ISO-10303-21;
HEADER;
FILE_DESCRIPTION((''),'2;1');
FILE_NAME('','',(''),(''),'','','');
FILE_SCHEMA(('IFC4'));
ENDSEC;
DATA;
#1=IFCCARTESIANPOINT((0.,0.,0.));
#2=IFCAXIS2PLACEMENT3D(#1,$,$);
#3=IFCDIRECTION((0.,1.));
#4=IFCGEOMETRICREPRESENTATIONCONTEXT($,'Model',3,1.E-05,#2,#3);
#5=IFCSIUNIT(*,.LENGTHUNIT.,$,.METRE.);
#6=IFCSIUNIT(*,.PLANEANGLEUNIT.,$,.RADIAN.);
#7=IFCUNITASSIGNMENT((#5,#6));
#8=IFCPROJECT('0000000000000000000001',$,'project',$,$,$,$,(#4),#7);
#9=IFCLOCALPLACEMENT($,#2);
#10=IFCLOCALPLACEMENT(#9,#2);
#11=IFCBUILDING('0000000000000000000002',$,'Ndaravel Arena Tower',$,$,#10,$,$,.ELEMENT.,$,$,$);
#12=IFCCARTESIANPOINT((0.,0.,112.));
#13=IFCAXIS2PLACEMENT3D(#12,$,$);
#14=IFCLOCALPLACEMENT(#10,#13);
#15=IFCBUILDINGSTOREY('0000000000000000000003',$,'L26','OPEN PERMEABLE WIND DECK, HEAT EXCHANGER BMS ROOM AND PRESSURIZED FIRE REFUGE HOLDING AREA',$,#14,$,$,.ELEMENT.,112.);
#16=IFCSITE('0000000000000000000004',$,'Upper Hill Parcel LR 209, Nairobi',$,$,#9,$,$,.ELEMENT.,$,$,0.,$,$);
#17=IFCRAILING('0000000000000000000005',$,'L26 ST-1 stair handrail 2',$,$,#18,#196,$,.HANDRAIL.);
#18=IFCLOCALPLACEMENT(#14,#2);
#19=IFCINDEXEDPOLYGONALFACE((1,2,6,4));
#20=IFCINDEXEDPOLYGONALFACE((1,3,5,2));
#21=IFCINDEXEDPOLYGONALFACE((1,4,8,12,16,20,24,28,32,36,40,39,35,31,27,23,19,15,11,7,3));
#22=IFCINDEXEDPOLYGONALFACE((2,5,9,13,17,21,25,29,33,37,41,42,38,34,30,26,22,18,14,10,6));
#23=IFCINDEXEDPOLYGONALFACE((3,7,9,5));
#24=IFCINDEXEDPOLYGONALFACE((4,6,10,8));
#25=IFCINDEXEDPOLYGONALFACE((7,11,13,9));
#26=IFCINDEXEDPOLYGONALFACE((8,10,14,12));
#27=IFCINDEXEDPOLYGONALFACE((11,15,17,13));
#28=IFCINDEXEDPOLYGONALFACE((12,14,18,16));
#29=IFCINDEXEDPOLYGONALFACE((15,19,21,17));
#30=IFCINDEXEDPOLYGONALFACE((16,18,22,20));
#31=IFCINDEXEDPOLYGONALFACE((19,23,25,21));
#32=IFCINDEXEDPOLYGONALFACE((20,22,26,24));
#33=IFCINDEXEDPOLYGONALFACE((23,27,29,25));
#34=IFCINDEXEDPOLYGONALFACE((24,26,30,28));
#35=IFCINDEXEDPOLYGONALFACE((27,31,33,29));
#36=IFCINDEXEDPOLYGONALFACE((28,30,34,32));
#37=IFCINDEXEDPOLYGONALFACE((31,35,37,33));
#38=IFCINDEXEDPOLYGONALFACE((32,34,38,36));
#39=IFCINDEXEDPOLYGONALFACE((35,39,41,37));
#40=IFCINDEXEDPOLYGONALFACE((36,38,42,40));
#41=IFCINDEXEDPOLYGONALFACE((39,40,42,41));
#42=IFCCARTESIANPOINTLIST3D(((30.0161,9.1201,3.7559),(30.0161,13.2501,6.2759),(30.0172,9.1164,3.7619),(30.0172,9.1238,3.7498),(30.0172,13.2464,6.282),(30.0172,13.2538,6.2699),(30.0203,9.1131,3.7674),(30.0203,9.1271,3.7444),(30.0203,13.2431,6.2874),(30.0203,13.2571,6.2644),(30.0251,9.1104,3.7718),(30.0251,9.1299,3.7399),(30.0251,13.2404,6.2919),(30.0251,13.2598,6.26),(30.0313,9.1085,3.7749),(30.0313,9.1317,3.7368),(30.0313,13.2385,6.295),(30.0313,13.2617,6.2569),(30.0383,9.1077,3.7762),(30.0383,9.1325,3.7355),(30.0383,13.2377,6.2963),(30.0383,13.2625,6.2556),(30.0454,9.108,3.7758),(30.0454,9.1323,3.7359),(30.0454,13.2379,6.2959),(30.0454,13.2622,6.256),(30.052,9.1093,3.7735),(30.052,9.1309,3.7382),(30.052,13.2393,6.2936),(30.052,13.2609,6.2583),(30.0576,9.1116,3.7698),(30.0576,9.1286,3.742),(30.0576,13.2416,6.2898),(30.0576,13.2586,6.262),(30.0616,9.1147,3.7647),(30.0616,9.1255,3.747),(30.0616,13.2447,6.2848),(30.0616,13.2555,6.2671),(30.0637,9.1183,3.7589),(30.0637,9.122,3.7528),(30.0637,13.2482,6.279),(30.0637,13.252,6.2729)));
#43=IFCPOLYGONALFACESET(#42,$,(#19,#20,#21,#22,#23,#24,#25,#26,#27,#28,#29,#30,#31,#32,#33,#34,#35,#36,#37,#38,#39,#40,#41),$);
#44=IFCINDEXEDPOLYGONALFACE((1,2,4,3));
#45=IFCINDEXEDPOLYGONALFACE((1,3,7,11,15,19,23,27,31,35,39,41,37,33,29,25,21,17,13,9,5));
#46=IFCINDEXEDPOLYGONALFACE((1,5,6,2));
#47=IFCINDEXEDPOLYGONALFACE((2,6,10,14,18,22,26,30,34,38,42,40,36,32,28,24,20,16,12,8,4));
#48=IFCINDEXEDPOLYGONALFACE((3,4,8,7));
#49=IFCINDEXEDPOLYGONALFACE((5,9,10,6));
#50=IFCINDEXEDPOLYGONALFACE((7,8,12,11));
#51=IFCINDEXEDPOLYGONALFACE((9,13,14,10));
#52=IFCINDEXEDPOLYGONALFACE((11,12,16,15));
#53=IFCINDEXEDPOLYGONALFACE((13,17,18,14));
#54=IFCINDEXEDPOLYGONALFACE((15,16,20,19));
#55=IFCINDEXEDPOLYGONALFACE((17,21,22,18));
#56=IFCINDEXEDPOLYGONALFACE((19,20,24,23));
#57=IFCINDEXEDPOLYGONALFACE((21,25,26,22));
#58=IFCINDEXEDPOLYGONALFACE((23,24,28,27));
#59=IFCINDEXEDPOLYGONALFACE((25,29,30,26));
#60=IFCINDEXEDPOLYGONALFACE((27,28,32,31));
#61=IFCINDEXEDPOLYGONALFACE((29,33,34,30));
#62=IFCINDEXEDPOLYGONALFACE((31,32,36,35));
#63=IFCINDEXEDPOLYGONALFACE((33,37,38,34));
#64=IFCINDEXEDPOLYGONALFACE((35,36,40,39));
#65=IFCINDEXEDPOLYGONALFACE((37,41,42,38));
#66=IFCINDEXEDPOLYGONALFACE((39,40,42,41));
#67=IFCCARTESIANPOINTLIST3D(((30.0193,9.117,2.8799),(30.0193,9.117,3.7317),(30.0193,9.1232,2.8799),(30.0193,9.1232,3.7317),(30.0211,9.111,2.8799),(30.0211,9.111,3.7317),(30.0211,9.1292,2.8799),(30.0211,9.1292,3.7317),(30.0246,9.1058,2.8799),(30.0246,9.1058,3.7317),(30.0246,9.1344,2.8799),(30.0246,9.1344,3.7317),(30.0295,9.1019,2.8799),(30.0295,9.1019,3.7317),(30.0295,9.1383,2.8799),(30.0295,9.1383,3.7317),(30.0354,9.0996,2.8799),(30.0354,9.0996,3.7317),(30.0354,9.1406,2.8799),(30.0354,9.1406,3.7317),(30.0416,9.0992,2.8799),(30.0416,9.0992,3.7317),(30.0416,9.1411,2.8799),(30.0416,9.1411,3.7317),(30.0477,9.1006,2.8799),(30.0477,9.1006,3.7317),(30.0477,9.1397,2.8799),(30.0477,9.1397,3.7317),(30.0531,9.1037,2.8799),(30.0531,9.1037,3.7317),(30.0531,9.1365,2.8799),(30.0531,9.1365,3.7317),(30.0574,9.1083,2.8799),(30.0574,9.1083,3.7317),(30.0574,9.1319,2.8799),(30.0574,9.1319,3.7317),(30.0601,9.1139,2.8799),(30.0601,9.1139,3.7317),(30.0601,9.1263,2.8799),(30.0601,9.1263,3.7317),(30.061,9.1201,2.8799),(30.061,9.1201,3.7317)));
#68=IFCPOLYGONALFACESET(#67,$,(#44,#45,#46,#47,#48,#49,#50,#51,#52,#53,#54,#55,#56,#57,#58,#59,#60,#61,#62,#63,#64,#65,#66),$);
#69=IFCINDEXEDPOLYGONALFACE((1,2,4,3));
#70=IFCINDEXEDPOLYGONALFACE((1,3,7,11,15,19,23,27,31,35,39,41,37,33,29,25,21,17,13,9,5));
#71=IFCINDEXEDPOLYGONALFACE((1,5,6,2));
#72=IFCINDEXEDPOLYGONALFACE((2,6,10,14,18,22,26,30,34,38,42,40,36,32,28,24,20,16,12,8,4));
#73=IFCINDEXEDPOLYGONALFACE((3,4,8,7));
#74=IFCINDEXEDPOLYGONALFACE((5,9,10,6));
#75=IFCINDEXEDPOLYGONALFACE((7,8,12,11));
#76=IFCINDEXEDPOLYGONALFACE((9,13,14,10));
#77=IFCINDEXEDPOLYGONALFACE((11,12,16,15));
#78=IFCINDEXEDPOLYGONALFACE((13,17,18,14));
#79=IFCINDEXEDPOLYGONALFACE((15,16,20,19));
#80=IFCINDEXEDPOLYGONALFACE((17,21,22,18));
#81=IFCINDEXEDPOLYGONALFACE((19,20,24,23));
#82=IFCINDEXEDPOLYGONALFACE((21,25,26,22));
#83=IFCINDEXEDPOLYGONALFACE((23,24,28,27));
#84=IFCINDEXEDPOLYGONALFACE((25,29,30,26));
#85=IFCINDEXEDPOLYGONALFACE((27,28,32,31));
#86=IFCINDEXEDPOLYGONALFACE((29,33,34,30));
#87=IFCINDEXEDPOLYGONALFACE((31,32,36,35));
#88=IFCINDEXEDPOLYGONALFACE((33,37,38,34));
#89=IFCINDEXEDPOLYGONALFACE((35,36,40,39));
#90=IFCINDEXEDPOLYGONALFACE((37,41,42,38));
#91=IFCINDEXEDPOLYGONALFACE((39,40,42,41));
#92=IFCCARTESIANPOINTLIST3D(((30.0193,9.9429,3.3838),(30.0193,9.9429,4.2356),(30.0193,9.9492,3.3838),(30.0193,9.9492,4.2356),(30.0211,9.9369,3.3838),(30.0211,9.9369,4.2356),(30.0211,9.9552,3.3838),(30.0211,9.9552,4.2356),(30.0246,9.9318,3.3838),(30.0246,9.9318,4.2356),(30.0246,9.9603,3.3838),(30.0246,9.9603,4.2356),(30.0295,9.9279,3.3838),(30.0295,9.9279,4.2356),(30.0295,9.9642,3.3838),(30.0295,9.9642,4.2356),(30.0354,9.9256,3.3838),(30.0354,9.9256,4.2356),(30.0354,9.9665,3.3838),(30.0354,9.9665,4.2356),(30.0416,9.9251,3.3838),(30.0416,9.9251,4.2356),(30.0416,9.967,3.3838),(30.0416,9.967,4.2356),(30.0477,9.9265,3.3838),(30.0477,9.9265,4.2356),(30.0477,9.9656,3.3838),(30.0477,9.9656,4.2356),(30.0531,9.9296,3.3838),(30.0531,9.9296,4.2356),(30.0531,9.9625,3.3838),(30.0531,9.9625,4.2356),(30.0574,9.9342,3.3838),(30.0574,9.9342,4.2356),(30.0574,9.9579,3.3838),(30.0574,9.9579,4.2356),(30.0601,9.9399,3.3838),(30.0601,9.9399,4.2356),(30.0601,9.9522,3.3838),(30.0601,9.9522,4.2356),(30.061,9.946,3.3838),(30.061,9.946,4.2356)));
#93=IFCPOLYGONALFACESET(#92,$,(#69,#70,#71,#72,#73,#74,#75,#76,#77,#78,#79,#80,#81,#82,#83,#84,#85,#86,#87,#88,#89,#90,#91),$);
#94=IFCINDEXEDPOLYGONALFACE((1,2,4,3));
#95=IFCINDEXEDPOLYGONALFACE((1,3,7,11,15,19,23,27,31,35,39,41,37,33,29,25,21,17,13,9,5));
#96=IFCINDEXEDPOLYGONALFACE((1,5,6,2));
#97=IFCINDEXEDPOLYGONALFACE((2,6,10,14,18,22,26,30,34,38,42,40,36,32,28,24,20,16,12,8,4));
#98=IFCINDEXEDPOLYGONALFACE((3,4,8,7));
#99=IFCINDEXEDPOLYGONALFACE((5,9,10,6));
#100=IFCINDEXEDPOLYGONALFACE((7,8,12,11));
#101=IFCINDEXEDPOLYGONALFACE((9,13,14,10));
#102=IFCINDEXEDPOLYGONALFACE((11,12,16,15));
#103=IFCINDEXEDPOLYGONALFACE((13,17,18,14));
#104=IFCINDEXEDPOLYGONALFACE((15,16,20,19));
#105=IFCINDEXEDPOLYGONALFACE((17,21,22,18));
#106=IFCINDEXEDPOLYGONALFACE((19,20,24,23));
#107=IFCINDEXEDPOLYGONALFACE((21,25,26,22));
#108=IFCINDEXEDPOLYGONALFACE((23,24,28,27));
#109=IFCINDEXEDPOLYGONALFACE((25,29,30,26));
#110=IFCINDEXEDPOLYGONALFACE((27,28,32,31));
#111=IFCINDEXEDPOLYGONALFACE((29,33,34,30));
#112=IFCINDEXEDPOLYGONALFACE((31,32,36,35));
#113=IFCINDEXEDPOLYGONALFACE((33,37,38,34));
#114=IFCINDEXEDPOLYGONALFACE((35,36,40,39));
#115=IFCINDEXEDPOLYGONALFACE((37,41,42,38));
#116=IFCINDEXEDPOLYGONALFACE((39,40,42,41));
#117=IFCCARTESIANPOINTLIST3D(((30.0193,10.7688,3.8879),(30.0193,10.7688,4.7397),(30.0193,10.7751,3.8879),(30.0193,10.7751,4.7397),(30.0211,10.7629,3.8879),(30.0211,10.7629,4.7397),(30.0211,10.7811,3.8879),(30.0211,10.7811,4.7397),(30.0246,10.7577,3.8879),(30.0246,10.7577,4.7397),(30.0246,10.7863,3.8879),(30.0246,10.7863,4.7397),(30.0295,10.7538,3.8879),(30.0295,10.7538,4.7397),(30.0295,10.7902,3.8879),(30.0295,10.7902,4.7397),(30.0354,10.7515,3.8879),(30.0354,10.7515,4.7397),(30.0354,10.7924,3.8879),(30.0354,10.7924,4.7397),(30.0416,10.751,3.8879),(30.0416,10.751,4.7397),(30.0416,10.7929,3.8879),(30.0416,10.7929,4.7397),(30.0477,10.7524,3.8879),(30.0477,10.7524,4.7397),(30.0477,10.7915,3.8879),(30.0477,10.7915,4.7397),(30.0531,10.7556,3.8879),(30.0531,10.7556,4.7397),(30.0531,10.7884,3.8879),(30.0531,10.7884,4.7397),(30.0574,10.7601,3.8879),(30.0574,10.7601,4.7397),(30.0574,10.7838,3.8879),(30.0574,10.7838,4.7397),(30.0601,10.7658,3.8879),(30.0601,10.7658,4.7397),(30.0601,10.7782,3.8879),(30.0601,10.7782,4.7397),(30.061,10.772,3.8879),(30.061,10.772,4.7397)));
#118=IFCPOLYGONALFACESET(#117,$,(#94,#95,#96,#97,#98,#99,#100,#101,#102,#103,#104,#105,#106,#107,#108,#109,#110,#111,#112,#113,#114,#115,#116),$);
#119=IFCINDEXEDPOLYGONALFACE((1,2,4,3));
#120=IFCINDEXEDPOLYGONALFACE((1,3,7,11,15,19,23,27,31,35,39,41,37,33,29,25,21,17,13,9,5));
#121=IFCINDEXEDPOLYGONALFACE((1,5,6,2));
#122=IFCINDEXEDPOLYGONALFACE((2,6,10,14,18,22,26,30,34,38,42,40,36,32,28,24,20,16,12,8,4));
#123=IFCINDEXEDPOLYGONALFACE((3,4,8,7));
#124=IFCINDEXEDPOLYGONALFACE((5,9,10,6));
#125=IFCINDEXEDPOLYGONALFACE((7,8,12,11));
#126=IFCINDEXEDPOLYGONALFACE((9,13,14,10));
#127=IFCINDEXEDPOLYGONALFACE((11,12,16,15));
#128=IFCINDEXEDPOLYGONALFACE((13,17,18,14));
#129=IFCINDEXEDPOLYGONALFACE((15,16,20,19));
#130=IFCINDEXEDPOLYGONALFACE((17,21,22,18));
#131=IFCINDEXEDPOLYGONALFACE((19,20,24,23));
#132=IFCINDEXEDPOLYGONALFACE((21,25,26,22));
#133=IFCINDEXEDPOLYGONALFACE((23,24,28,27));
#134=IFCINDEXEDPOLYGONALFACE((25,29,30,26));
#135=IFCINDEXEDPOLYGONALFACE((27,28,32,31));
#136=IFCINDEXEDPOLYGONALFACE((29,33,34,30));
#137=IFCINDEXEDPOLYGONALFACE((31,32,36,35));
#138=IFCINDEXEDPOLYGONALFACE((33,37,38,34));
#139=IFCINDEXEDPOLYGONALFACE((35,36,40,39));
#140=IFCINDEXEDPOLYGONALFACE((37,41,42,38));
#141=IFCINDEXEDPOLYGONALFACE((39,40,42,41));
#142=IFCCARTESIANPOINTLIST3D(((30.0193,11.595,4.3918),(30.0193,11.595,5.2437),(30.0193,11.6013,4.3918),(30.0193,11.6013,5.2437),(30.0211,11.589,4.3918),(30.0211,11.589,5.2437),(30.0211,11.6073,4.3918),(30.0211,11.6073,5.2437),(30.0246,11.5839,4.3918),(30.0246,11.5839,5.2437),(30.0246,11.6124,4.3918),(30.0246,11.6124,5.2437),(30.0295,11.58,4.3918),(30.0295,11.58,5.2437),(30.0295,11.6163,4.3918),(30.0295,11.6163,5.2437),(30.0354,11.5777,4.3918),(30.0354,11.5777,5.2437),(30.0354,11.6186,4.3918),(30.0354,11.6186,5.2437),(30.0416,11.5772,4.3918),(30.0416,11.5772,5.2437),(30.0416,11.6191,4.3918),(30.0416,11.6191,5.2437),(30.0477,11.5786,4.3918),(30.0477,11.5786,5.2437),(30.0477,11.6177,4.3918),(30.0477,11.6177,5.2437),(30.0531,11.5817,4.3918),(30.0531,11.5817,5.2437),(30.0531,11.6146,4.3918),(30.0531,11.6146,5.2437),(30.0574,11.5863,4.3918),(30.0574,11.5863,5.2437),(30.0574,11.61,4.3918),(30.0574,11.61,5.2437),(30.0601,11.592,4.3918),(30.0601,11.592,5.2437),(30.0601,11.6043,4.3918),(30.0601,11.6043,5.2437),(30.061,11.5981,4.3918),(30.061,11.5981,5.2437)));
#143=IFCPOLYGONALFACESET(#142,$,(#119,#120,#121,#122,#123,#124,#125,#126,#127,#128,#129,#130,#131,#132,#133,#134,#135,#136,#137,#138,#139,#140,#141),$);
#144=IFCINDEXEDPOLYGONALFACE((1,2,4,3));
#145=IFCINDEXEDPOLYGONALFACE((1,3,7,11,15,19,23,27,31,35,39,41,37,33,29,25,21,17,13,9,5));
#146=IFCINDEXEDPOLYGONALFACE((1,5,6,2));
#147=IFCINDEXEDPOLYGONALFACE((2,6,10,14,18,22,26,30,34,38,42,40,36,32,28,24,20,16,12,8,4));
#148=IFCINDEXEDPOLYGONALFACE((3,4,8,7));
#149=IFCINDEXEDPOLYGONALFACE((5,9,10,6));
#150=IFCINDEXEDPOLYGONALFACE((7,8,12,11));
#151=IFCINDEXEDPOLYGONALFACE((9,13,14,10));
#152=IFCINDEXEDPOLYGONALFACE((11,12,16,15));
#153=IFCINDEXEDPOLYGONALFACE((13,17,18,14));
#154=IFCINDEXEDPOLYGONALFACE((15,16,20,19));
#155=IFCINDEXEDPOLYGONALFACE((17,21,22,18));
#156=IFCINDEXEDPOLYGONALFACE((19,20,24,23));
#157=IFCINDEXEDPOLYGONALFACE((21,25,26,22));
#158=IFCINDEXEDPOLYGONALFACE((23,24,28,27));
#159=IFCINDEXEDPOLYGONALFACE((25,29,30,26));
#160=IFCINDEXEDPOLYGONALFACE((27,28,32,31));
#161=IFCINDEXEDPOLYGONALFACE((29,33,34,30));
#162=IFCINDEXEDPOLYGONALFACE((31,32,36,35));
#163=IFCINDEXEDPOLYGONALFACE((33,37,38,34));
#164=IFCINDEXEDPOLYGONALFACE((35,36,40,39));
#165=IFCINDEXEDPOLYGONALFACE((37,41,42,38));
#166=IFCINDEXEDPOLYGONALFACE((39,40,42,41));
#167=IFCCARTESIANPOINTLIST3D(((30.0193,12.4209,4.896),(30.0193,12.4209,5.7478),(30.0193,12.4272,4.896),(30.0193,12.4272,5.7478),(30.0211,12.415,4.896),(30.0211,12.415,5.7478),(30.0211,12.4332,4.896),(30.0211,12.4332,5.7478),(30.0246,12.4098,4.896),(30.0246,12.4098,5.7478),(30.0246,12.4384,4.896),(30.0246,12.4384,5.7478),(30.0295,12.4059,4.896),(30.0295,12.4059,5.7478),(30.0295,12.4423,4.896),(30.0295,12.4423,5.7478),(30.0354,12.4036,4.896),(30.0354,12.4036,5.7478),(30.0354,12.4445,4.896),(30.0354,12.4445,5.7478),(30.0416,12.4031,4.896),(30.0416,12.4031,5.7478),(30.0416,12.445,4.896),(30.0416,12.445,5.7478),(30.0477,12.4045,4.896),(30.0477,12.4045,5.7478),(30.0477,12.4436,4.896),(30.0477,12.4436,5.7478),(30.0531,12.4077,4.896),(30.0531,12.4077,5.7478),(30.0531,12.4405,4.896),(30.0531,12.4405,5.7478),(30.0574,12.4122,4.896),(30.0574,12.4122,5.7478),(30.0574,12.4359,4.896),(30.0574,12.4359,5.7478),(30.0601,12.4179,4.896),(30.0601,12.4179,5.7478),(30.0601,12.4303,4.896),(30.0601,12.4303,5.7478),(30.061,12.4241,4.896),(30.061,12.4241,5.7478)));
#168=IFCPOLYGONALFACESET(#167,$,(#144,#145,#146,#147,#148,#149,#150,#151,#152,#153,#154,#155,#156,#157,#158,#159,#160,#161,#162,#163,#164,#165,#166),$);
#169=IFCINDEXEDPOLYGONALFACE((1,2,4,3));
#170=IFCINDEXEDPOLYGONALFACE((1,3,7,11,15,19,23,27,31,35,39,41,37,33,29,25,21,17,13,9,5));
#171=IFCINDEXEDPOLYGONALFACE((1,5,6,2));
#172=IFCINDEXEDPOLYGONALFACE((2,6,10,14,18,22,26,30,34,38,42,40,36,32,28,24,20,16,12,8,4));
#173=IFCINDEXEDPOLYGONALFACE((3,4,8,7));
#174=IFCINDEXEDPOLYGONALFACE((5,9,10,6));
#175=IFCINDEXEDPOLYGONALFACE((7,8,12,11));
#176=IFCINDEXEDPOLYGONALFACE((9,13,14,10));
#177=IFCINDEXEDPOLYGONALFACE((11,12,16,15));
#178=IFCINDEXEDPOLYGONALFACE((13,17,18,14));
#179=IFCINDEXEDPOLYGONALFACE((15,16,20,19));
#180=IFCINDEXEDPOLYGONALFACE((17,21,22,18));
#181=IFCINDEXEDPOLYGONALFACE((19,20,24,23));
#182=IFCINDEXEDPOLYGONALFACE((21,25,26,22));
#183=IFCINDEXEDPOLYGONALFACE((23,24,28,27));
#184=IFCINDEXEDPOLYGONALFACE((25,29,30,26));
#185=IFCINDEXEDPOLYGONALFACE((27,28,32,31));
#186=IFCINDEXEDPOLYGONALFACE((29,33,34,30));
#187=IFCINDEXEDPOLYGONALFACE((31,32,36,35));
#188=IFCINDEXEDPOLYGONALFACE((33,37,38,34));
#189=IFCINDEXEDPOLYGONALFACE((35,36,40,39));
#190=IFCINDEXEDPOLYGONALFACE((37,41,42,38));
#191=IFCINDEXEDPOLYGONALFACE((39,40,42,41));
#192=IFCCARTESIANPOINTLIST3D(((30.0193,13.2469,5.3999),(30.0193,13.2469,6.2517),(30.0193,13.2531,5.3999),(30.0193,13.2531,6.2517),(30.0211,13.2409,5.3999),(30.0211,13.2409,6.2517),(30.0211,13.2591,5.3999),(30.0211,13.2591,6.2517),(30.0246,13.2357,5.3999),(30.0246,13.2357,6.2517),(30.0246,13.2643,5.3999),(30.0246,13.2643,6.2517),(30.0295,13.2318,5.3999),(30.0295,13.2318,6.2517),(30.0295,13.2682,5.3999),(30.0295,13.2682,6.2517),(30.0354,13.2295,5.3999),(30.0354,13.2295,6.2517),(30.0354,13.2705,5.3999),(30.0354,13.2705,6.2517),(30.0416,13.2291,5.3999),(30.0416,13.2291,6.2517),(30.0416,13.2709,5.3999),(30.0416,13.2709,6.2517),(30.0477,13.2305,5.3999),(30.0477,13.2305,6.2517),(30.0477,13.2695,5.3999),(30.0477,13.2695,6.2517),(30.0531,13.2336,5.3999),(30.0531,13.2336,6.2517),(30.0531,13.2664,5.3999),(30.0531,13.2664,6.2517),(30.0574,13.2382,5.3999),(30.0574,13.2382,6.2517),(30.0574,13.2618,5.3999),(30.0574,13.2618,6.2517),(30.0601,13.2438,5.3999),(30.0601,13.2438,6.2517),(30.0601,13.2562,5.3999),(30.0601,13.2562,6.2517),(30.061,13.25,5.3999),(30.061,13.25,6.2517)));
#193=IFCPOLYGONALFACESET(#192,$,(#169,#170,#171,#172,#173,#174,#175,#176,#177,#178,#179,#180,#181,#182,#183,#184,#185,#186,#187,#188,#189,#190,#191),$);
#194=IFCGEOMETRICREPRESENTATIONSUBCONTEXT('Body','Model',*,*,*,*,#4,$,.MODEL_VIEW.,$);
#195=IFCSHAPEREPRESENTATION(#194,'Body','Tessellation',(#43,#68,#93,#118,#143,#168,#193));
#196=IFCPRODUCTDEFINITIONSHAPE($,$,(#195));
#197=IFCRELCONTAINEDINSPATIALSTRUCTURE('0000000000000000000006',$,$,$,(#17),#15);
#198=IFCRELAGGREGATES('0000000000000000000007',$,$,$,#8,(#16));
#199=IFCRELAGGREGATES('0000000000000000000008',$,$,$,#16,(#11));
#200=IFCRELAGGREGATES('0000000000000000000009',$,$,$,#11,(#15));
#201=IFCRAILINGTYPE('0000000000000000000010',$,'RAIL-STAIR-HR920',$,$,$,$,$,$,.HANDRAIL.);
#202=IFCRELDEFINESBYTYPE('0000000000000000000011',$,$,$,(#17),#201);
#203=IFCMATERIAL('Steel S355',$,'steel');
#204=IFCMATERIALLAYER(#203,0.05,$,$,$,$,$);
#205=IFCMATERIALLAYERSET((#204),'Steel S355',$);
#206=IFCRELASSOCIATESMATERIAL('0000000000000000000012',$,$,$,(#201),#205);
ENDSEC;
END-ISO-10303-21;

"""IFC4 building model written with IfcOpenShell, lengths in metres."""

from ifc_helpers import new_model, si_unit, direction, frame, origin, origin_2d, place, context, subcontext, project, spatial, circle, extrude, material, layer, layer_set, type_object, element, save


model = new_model("IFC4")

# Units and contexts
model_context = context("Model", 3, precision=1e-05, world=origin(), true_north=direction((0.0, 1.0)))
body_context = subcontext(model_context, "Body", "Model", "MODEL_VIEW")
ifc_project = project(units=[si_unit("LENGTHUNIT", "METRE"), si_unit("PLANEANGLEUNIT", "RADIAN")], contexts=[model_context])

# Site, building, storey
site_placement = place(None, origin())
site = spatial("IfcSite", under=ifc_project, at=site_placement, Name="Upper Hill Parcel LR 209, Nairobi", CompositionType="ELEMENT", RefElevation=0.0)
building_placement = place(site_placement, origin())
building = spatial("IfcBuilding", under=site, at=building_placement, Name="Ndaravel Arena Tower", CompositionType="ELEMENT")
storey_placement = place(building_placement, frame((0.0, 0.0, 112.0)))
storey = spatial("IfcBuildingStorey", under=building, at=storey_placement, Name="L26", Description="OPEN PERMEABLE WIND DECK, HEAT EXCHANGER BMS ROOM AND PRESSURIZED FIRE REFUGE HOLDING AREA", CompositionType="ELEMENT", Elevation=112.0)

# Railing
ifc_material_1 = material(Name="Steel S355", Category="steel")
ifc_layer_1 = layer(ifc_material_1, 0.05)
ifc_layer_set_1 = layer_set([ifc_layer_1], Name="Steel S355")
railing_type_1 = type_object("IfcRailingType", Name="RAIL-STAIR-HR920", PredefinedType="HANDRAIL", material=ifc_layer_set_1)
railing_1_placement = place(storey_placement, frame((30.04, 9.1201, 2.8799)))
element("IfcRailing", 1, at=railing_1_placement, inside=storey, type_object=railing_type_1, Name="L26 ST-1 stair handrail 2", PredefinedType="HANDRAIL", context=body_context, shape_type="SweptSolid", body=[
    extrude(circle(Radius=0.0239, at=origin_2d()), frame((0.0, 0.0, 0.876), z_axis=(0.0, 0.853631, 0.520878), x_axis=(-1.0, 0.0, 0.0)), (0.0, 0.0, 1.0), 4.8381),
    extrude(circle(Radius=0.021, at=origin_2d()), origin(), (0.0, 0.0, 1.0), 0.8518),
    extrude(circle(Radius=0.021, at=origin_2d()), frame((0.0, 0.8259, 0.5039)), (0.0, 0.0, 1.0), 0.8518),
    extrude(circle(Radius=0.021, at=origin_2d()), frame((0.0, 1.6519, 1.0081)), (0.0, 0.0, 1.0), 0.8518),
    extrude(circle(Radius=0.021, at=origin_2d()), frame((0.0, 2.478, 1.512)), (0.0, 0.0, 1.0), 0.8518),
    extrude(circle(Radius=0.021, at=origin_2d()), frame((0.0, 3.304, 2.0161)), (0.0, 0.0, 1.0), 0.8518),
    extrude(circle(Radius=0.021, at=origin_2d()), frame((0.0, 4.1299, 2.52)), (0.0, 0.0, 1.0), 0.8518),
])

save(model, "model.ifc")
